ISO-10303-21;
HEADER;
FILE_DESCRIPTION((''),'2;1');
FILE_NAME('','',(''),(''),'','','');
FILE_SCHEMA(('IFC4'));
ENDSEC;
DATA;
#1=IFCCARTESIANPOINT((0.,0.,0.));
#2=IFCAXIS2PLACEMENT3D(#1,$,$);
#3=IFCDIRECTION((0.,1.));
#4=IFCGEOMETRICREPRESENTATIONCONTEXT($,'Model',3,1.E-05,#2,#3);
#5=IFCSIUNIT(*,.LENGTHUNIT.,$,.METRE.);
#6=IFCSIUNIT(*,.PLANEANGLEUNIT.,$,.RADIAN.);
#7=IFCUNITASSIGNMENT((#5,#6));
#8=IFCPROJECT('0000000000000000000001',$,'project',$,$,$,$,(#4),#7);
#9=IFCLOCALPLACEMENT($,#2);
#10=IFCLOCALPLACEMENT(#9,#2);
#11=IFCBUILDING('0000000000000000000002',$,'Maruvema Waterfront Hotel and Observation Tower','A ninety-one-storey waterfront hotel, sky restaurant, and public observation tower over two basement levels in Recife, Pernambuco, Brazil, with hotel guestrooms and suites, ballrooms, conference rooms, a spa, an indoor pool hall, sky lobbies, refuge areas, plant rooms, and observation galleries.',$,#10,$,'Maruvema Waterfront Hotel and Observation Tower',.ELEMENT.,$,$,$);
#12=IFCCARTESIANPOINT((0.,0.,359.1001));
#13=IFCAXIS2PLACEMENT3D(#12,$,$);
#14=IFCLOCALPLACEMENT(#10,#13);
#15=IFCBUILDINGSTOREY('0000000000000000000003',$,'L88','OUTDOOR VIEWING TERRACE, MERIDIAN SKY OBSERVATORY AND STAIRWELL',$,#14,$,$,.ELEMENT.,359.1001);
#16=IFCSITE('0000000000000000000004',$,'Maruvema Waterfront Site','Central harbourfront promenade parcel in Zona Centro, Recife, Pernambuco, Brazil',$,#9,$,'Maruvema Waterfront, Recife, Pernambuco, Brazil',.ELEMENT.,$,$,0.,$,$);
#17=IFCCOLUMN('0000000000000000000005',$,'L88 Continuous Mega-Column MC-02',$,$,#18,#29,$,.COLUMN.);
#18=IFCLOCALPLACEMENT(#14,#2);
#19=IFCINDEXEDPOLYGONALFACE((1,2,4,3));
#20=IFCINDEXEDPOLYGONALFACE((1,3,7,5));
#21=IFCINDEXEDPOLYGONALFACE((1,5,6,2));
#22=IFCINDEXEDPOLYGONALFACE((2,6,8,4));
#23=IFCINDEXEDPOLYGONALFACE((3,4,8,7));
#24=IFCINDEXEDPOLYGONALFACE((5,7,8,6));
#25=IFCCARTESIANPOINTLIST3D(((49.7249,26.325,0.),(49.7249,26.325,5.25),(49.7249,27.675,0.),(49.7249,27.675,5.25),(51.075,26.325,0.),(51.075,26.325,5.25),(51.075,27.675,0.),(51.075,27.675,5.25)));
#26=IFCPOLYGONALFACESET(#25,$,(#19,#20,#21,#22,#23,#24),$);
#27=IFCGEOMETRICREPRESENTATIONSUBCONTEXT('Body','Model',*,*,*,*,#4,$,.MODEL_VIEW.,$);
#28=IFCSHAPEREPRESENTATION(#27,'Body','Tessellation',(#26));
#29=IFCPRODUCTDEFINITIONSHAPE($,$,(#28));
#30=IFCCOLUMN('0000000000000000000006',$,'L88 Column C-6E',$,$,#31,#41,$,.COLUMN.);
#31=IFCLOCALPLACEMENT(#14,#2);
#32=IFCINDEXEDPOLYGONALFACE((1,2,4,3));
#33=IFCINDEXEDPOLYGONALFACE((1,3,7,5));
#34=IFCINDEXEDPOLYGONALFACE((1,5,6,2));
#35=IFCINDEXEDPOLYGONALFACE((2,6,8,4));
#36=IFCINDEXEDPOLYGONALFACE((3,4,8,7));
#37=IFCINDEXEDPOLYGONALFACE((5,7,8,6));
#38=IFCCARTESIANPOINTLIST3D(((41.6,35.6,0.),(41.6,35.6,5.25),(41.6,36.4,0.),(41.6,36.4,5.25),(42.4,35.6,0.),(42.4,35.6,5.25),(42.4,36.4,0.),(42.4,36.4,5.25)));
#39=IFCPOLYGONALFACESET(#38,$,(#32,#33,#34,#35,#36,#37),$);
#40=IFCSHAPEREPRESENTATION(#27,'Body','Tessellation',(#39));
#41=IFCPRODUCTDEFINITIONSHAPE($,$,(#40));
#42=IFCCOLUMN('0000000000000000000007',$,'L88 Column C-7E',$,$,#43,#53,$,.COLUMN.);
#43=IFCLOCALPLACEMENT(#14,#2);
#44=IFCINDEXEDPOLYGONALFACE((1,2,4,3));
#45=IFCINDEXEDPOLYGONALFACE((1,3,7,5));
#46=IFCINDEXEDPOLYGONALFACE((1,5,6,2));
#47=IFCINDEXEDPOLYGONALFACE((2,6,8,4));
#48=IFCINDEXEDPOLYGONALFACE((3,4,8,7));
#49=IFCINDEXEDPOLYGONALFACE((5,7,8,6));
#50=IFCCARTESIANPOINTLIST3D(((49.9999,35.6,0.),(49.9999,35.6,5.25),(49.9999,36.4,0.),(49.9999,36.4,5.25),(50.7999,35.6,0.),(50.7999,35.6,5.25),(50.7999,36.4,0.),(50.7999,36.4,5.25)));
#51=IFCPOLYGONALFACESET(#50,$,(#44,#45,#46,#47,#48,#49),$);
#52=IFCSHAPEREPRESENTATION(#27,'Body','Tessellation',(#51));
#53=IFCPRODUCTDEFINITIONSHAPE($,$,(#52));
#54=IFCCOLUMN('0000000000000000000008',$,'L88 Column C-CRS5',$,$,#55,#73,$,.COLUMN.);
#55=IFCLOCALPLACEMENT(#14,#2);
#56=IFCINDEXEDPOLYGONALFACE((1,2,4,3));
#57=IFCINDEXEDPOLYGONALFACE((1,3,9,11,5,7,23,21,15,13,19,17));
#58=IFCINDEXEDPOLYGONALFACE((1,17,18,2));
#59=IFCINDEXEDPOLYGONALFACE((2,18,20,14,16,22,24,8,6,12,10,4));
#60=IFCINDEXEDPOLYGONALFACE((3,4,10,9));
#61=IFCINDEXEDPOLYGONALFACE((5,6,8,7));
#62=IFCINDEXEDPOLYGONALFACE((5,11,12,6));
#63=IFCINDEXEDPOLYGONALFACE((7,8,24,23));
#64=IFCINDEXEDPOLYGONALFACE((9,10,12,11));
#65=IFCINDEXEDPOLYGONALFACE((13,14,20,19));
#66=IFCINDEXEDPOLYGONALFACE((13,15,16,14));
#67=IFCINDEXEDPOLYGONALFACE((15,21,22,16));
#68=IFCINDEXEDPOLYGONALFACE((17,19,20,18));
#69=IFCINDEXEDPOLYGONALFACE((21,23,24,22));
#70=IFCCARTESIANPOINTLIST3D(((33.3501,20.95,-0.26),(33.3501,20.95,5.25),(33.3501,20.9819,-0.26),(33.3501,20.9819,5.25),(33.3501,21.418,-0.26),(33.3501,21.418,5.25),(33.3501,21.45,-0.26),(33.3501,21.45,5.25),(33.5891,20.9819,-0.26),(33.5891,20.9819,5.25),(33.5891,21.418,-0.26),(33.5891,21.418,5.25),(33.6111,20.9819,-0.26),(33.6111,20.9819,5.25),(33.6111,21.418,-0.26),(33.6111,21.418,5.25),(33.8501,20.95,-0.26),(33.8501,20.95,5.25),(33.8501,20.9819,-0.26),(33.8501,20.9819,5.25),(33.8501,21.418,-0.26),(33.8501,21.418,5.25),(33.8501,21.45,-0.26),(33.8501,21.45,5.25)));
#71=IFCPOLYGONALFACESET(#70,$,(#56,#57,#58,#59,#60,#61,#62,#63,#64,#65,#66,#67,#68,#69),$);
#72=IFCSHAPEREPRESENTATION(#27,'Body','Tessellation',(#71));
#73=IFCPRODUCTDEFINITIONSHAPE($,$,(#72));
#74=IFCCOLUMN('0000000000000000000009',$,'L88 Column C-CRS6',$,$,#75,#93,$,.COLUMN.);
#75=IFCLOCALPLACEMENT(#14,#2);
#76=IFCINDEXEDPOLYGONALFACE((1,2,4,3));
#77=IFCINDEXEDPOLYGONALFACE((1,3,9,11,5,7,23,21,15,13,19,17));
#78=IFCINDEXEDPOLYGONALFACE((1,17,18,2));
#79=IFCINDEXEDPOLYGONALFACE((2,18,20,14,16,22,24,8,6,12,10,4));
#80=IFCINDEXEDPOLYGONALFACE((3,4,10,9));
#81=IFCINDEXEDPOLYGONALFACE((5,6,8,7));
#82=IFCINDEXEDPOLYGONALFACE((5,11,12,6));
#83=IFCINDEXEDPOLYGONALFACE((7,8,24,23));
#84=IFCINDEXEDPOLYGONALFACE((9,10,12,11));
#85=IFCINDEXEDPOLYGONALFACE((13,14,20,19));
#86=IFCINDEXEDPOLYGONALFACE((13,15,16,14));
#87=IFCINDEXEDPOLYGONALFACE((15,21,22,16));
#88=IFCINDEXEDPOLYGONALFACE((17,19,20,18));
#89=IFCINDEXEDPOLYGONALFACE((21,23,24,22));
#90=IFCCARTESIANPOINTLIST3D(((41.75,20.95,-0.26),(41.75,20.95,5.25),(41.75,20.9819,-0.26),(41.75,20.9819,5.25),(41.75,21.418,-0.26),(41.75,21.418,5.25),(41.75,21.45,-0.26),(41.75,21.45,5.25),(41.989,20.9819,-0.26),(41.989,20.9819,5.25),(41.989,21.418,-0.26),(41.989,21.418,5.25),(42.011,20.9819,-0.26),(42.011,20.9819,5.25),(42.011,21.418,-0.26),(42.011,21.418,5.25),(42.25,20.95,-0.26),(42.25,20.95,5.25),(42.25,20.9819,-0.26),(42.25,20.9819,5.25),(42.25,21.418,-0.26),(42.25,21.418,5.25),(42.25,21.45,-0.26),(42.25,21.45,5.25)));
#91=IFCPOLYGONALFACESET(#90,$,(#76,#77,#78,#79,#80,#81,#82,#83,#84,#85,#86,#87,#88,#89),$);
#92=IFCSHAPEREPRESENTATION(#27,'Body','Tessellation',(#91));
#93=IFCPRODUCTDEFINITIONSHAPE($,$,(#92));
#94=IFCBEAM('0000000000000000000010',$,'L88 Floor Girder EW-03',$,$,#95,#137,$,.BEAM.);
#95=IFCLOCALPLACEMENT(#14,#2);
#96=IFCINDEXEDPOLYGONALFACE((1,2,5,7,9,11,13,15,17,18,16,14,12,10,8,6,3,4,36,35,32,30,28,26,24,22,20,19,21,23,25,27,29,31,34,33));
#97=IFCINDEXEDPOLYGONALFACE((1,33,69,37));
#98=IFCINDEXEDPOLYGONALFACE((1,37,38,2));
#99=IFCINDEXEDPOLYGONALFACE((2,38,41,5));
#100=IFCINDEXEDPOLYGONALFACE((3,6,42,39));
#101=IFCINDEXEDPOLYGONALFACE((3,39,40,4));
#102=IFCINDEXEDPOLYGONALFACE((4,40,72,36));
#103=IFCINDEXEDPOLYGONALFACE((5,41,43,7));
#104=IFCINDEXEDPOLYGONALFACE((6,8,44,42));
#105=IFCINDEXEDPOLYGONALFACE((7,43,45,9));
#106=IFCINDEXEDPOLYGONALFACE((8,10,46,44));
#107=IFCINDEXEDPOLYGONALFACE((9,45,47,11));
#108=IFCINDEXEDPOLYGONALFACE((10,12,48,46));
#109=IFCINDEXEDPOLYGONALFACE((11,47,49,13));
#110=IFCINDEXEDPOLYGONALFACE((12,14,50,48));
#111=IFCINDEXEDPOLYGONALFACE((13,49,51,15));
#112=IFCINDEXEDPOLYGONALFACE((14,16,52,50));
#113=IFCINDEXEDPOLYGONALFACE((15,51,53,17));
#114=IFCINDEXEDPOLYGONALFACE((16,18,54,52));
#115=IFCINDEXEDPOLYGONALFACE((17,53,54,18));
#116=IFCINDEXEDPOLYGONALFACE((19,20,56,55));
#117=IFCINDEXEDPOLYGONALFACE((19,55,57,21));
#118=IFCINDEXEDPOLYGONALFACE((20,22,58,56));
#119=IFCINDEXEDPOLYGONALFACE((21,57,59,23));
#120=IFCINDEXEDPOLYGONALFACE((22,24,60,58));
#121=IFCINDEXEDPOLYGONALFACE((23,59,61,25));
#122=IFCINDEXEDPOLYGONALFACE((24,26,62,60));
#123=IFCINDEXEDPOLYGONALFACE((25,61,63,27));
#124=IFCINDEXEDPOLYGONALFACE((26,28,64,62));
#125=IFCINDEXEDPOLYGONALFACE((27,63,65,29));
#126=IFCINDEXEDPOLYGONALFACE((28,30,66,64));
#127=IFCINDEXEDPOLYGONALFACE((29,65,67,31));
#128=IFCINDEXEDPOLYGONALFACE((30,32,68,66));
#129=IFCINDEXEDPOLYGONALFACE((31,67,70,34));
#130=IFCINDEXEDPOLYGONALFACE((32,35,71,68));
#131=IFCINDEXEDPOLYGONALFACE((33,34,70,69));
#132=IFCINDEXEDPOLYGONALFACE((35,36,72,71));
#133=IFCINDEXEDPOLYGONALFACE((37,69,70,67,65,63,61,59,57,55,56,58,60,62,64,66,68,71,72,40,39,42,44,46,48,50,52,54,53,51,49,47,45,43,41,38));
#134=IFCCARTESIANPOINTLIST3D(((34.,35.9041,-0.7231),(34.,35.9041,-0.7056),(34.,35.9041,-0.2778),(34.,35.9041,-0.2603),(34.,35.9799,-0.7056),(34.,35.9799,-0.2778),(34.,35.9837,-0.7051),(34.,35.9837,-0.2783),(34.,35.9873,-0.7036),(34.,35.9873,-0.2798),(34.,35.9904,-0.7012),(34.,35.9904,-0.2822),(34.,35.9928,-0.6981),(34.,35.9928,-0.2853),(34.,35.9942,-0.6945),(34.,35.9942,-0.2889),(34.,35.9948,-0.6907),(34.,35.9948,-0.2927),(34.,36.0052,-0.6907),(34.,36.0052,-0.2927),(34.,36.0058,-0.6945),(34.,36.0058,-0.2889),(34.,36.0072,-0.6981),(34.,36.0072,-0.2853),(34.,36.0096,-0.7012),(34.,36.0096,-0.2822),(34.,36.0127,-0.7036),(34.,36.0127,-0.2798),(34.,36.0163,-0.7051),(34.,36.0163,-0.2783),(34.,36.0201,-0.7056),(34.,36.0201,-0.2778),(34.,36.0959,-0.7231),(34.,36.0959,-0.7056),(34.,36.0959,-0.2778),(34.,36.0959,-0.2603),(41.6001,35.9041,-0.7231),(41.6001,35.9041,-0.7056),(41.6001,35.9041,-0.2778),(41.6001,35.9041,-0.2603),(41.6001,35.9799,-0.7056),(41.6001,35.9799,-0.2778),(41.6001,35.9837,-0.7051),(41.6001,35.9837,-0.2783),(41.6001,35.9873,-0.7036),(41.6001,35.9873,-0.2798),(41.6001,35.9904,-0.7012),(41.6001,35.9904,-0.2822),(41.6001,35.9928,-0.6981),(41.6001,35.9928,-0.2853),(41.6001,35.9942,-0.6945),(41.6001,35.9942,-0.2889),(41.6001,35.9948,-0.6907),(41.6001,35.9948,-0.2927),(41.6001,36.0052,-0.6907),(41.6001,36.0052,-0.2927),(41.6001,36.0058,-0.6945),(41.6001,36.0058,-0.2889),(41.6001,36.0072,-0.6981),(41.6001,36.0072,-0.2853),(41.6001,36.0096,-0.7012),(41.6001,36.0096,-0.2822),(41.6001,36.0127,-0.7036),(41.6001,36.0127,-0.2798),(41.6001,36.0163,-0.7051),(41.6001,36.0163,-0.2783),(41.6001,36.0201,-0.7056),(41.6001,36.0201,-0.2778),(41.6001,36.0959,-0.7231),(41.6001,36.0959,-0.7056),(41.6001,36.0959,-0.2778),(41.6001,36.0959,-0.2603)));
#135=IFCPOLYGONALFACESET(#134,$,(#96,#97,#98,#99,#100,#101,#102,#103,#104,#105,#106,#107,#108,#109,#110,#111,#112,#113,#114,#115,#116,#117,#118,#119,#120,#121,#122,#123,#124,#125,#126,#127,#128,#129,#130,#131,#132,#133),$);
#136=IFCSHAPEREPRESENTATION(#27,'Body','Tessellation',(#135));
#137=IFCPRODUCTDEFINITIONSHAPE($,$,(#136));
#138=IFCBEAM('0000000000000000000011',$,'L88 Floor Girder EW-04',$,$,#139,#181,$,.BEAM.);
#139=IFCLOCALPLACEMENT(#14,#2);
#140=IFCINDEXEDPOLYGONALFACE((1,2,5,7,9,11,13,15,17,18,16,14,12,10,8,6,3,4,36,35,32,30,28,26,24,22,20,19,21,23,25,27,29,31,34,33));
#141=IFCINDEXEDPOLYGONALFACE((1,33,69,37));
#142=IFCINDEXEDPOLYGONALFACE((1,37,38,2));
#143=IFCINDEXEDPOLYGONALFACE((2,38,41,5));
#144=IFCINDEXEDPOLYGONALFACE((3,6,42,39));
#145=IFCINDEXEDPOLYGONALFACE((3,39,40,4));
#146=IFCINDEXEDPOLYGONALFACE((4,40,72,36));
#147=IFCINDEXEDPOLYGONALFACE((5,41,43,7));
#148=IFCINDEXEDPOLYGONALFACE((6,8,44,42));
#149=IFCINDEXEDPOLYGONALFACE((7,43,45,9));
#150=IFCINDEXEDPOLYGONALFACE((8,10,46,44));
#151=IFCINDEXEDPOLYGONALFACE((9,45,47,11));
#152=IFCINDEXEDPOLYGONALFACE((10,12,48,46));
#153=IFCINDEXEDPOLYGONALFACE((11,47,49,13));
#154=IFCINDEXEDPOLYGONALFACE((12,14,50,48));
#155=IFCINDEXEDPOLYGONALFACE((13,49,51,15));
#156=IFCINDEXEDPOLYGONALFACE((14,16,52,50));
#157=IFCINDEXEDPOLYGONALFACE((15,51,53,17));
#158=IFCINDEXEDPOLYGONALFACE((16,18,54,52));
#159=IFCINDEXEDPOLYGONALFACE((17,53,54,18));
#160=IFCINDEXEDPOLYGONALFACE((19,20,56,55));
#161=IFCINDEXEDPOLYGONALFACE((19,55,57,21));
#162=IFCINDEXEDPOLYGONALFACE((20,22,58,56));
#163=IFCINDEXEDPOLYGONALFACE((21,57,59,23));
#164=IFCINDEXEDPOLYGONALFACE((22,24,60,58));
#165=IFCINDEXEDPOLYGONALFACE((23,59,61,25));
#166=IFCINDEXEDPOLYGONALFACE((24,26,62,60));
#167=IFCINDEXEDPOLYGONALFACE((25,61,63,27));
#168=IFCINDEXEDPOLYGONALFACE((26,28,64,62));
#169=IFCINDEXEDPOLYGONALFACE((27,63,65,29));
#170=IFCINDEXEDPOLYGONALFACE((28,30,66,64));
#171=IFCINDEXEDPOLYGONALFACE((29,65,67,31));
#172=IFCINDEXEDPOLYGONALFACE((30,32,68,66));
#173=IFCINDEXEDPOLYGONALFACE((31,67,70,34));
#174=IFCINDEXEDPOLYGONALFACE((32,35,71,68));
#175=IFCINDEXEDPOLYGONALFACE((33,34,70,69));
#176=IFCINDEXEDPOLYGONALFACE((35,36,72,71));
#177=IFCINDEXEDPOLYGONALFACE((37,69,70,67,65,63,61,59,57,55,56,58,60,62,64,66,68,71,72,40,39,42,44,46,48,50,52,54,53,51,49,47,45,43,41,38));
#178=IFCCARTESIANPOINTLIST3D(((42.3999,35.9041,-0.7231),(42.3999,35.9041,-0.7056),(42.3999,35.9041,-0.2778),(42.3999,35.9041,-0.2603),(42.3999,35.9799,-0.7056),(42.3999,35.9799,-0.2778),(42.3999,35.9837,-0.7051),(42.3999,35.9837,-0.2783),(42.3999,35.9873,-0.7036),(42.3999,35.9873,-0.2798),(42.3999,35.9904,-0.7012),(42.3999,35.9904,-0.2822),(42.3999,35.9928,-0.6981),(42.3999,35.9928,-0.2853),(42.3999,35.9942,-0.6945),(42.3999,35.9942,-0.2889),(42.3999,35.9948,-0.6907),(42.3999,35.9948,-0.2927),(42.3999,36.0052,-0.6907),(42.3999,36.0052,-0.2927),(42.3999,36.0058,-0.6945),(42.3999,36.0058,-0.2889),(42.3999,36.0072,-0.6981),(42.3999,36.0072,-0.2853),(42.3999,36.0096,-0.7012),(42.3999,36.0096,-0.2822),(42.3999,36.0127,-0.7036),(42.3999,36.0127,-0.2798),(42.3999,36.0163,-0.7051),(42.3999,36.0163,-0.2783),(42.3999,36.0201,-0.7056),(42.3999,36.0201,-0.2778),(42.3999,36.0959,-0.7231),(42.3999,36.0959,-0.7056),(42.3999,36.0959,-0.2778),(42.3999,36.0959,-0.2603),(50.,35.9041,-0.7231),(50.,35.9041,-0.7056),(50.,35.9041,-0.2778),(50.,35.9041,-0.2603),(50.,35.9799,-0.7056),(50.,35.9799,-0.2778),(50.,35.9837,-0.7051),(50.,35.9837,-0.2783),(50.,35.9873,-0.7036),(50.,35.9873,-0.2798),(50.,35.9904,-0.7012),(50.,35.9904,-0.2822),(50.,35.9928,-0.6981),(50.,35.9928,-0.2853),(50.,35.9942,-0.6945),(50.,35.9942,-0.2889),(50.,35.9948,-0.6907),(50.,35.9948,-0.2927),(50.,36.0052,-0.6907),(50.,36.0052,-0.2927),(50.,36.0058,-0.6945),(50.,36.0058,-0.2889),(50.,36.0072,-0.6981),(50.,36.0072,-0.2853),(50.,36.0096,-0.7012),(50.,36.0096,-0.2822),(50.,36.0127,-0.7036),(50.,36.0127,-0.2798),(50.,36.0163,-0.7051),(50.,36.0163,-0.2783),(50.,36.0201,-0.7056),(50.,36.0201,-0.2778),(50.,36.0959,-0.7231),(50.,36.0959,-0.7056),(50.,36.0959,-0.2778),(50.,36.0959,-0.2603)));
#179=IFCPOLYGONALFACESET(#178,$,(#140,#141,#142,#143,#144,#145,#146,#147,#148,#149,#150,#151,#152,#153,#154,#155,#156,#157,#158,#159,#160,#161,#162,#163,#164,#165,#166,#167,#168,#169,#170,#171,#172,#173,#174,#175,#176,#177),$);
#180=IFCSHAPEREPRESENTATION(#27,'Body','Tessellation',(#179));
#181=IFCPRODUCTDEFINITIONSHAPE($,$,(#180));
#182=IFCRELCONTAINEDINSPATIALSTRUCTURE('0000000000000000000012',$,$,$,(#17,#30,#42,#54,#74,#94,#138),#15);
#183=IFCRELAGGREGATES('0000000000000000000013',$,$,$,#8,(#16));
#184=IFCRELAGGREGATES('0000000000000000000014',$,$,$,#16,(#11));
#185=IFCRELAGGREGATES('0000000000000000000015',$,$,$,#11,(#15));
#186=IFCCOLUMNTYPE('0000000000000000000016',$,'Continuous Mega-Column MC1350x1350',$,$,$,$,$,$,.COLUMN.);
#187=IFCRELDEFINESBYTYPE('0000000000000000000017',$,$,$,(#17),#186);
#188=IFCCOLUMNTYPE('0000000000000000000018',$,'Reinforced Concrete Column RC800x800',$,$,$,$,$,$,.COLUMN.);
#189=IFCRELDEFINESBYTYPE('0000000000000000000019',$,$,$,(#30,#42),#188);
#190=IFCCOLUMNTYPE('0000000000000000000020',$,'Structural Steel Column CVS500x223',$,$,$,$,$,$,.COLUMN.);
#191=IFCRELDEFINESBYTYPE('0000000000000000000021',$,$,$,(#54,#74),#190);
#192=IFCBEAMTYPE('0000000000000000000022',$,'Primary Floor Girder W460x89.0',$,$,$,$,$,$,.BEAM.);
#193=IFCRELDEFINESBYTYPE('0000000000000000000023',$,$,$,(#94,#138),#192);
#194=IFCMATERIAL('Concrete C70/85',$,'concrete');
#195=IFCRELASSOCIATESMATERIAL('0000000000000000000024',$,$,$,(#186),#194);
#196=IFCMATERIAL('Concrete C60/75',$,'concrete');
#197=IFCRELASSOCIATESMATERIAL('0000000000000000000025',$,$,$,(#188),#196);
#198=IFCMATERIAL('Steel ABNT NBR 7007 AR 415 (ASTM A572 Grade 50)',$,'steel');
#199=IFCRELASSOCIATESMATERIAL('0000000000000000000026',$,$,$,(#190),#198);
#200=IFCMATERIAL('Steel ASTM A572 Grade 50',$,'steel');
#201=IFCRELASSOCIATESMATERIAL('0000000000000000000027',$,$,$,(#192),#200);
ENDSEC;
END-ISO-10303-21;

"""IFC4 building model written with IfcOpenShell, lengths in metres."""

from ifc_helpers import new_model, si_unit, direction, frame, origin, origin_2d, place, context, subcontext, project, spatial, rectangle, i_section, extrude, material, material_profile, profile_set, type_object, element, save


model = new_model("IFC4")

# Units and contexts
model_context = context("Model", 3, precision=1e-05, world=origin(), true_north=direction((0.0, 1.0)))
body_context = subcontext(model_context, "Body", "Model", "MODEL_VIEW")
ifc_project = project(units=[si_unit("LENGTHUNIT", "METRE"), si_unit("PLANEANGLEUNIT", "RADIAN")], contexts=[model_context])

# Site, building, storey
site_placement = place(None, origin())
site = spatial("IfcSite", under=ifc_project, at=site_placement, Name="Maruvema Waterfront Site", Description="Central harbourfront promenade parcel in Zona Centro, Recife, Pernambuco, Brazil", LongName="Maruvema Waterfront, Recife, Pernambuco, Brazil", CompositionType="ELEMENT", RefElevation=0.0)
building_placement = place(site_placement, origin())
building = spatial("IfcBuilding", under=site, at=building_placement, Name="Maruvema Waterfront Hotel and Observation Tower", Description="A ninety-one-storey waterfront hotel, sky restaurant, and public observation tower over two basement levels in Recife, Pernambuco, Brazil, with hotel guestrooms and suites, ballrooms, conference rooms, a spa, an indoor pool hall, sky lobbies, refuge areas, plant rooms, and observation galleries.", LongName="Maruvema Waterfront Hotel and Observation Tower", CompositionType="ELEMENT")
storey_placement = place(building_placement, frame((0.0, 0.0, 359.1001)))
storey = spatial("IfcBuildingStorey", under=building, at=storey_placement, Name="L88", Description="OUTDOOR VIEWING TERRACE, MERIDIAN SKY OBSERVATORY AND STAIRWELL", CompositionType="ELEMENT", Elevation=359.1001)

# Columns
ifc_material_1 = material(Name="Concrete C70/85", Category="concrete")
ifc_material_profile_1 = material_profile(ifc_material_1, rectangle(XDim=1.3501, YDim=1.3501, at=origin_2d()), Name="MC1350x1350")
ifc_profile_set_1 = profile_set([ifc_material_profile_1], Name="Concrete C70/85")
column_type_1 = type_object("IfcColumnType", Name="Continuous Mega-Column MC1350x1350", PredefinedType="COLUMN", material=ifc_profile_set_1)
column_placement = place(storey_placement, frame((50.3999, 27.0, 0.0), z_axis=(0.0, 0.0, 1.0), x_axis=(1.0, 0.0, 0.0)))
element("IfcColumn", 1, at=column_placement, inside=storey, type_object=column_type_1, Name="L88 Continuous Mega-Column MC-02", PredefinedType="COLUMN", context=body_context, shape_type="SweptSolid", body=[
    extrude(rectangle(XDim=1.3501, YDim=1.3501, at=origin_2d()), origin(), (0.0, 0.0, 1.0), 5.25),
])
ifc_material_2 = material(Name="Concrete C60/75", Category="concrete")
ifc_material_profile_2 = material_profile(ifc_material_2, rectangle(XDim=0.8, YDim=0.8, at=origin_2d()), Name="RC800x800")
ifc_profile_set_2 = profile_set([ifc_material_profile_2], Name="Concrete C60/75")
column_type_2 = type_object("IfcColumnType", Name="Reinforced Concrete Column RC800x800", PredefinedType="COLUMN", material=ifc_profile_set_2)
for number, where, z_axis, x_axis, name in (
    (2, (42.0, 36.0, 0.0), (0.0, 0.0, 1.0), (1.0, 0.0, 0.0), "L88 Column C-6E"),
    (3, (50.3999, 36.0, 0.0), (0.0, 0.0, 1.0), (1.0, 0.0, 0.0), "L88 Column C-7E"),
):
    element("IfcColumn", number, at=place(storey_placement, frame(where, z_axis=z_axis, x_axis=x_axis)), inside=storey, type_object=column_type_2, Name=name, PredefinedType="COLUMN", context=body_context, shape_type="SweptSolid", body=[
        extrude(rectangle(XDim=0.8, YDim=0.8, at=origin_2d()), origin(), (0.0, 0.0, 1.0), 5.25),
    ])
ifc_material_3 = material(Name="Steel ABNT NBR 7007 AR 415 (ASTM A572 Grade 50)", Category="steel")
ifc_material_profile_3 = material_profile(ifc_material_3, i_section(OverallWidth=0.5, OverallDepth=0.5, WebThickness=0.022, FlangeThickness=0.032, at=origin_2d()), Name="CVS500x223")
ifc_profile_set_3 = profile_set([ifc_material_profile_3], Name="Steel ABNT NBR 7007 AR 415 (ASTM A572 Grade 50)")
column_type_3 = type_object("IfcColumnType", Name="Structural Steel Column CVS500x223", PredefinedType="COLUMN", material=ifc_profile_set_3)
for number, where, z_axis, x_axis, name in (
    (4, (33.6001, 21.2, -0.26), (0.0, 0.0, 1.0), (1.0, 0.0, 0.0), "L88 Column C-CRS5"),
    (5, (42.0, 21.2, -0.26), (0.0, 0.0, 1.0), (1.0, 0.0, 0.0), "L88 Column C-CRS6"),
):
    element("IfcColumn", number, at=place(storey_placement, frame(where, z_axis=z_axis, x_axis=x_axis)), inside=storey, type_object=column_type_3, Name=name, PredefinedType="COLUMN", context=body_context, shape_type="SweptSolid", body=[
        extrude(i_section(OverallWidth=0.5, OverallDepth=0.5, WebThickness=0.022, FlangeThickness=0.032, at=origin_2d()), origin(), (0.0, 0.0, 1.0), 5.51),
    ])

# Beams
ifc_material_4 = material(Name="Steel ASTM A572 Grade 50", Category="steel")
ifc_material_profile_4 = material_profile(ifc_material_4, i_section(OverallWidth=0.1919, OverallDepth=0.4629, WebThickness=0.0105, FlangeThickness=0.0176, FilletRadius=0.0149, at=origin_2d()), Name="W460x89.0")
ifc_profile_set_4 = profile_set([ifc_material_profile_4], Name="Steel ASTM A572 Grade 50")
beam_type = type_object("IfcBeamType", Name="Primary Floor Girder W460x89.0", PredefinedType="BEAM", material=ifc_profile_set_4)
for number, where, z_axis, x_axis, name in (
    (6, (34.0, 36.0, -0.4917), (1.0, 0.0, 0.0), (0.0, 1.0, 0.0), "L88 Floor Girder EW-03"),
    (7, (42.3999, 36.0, -0.4917), (1.0, 0.0, 0.0), (0.0, 1.0, 0.0), "L88 Floor Girder EW-04"),
):
    element("IfcBeam", number, at=place(storey_placement, frame(where, z_axis=z_axis, x_axis=x_axis)), inside=storey, type_object=beam_type, Name=name, PredefinedType="BEAM", context=body_context, shape_type="SweptSolid", body=[
        extrude(i_section(OverallWidth=0.1919, OverallDepth=0.4629, WebThickness=0.0105, FlangeThickness=0.0176, FilletRadius=0.0149, at=origin_2d()), origin(), (0.0, 0.0, 1.0), 7.6001),
    ])

save(model, "model.ifc")
